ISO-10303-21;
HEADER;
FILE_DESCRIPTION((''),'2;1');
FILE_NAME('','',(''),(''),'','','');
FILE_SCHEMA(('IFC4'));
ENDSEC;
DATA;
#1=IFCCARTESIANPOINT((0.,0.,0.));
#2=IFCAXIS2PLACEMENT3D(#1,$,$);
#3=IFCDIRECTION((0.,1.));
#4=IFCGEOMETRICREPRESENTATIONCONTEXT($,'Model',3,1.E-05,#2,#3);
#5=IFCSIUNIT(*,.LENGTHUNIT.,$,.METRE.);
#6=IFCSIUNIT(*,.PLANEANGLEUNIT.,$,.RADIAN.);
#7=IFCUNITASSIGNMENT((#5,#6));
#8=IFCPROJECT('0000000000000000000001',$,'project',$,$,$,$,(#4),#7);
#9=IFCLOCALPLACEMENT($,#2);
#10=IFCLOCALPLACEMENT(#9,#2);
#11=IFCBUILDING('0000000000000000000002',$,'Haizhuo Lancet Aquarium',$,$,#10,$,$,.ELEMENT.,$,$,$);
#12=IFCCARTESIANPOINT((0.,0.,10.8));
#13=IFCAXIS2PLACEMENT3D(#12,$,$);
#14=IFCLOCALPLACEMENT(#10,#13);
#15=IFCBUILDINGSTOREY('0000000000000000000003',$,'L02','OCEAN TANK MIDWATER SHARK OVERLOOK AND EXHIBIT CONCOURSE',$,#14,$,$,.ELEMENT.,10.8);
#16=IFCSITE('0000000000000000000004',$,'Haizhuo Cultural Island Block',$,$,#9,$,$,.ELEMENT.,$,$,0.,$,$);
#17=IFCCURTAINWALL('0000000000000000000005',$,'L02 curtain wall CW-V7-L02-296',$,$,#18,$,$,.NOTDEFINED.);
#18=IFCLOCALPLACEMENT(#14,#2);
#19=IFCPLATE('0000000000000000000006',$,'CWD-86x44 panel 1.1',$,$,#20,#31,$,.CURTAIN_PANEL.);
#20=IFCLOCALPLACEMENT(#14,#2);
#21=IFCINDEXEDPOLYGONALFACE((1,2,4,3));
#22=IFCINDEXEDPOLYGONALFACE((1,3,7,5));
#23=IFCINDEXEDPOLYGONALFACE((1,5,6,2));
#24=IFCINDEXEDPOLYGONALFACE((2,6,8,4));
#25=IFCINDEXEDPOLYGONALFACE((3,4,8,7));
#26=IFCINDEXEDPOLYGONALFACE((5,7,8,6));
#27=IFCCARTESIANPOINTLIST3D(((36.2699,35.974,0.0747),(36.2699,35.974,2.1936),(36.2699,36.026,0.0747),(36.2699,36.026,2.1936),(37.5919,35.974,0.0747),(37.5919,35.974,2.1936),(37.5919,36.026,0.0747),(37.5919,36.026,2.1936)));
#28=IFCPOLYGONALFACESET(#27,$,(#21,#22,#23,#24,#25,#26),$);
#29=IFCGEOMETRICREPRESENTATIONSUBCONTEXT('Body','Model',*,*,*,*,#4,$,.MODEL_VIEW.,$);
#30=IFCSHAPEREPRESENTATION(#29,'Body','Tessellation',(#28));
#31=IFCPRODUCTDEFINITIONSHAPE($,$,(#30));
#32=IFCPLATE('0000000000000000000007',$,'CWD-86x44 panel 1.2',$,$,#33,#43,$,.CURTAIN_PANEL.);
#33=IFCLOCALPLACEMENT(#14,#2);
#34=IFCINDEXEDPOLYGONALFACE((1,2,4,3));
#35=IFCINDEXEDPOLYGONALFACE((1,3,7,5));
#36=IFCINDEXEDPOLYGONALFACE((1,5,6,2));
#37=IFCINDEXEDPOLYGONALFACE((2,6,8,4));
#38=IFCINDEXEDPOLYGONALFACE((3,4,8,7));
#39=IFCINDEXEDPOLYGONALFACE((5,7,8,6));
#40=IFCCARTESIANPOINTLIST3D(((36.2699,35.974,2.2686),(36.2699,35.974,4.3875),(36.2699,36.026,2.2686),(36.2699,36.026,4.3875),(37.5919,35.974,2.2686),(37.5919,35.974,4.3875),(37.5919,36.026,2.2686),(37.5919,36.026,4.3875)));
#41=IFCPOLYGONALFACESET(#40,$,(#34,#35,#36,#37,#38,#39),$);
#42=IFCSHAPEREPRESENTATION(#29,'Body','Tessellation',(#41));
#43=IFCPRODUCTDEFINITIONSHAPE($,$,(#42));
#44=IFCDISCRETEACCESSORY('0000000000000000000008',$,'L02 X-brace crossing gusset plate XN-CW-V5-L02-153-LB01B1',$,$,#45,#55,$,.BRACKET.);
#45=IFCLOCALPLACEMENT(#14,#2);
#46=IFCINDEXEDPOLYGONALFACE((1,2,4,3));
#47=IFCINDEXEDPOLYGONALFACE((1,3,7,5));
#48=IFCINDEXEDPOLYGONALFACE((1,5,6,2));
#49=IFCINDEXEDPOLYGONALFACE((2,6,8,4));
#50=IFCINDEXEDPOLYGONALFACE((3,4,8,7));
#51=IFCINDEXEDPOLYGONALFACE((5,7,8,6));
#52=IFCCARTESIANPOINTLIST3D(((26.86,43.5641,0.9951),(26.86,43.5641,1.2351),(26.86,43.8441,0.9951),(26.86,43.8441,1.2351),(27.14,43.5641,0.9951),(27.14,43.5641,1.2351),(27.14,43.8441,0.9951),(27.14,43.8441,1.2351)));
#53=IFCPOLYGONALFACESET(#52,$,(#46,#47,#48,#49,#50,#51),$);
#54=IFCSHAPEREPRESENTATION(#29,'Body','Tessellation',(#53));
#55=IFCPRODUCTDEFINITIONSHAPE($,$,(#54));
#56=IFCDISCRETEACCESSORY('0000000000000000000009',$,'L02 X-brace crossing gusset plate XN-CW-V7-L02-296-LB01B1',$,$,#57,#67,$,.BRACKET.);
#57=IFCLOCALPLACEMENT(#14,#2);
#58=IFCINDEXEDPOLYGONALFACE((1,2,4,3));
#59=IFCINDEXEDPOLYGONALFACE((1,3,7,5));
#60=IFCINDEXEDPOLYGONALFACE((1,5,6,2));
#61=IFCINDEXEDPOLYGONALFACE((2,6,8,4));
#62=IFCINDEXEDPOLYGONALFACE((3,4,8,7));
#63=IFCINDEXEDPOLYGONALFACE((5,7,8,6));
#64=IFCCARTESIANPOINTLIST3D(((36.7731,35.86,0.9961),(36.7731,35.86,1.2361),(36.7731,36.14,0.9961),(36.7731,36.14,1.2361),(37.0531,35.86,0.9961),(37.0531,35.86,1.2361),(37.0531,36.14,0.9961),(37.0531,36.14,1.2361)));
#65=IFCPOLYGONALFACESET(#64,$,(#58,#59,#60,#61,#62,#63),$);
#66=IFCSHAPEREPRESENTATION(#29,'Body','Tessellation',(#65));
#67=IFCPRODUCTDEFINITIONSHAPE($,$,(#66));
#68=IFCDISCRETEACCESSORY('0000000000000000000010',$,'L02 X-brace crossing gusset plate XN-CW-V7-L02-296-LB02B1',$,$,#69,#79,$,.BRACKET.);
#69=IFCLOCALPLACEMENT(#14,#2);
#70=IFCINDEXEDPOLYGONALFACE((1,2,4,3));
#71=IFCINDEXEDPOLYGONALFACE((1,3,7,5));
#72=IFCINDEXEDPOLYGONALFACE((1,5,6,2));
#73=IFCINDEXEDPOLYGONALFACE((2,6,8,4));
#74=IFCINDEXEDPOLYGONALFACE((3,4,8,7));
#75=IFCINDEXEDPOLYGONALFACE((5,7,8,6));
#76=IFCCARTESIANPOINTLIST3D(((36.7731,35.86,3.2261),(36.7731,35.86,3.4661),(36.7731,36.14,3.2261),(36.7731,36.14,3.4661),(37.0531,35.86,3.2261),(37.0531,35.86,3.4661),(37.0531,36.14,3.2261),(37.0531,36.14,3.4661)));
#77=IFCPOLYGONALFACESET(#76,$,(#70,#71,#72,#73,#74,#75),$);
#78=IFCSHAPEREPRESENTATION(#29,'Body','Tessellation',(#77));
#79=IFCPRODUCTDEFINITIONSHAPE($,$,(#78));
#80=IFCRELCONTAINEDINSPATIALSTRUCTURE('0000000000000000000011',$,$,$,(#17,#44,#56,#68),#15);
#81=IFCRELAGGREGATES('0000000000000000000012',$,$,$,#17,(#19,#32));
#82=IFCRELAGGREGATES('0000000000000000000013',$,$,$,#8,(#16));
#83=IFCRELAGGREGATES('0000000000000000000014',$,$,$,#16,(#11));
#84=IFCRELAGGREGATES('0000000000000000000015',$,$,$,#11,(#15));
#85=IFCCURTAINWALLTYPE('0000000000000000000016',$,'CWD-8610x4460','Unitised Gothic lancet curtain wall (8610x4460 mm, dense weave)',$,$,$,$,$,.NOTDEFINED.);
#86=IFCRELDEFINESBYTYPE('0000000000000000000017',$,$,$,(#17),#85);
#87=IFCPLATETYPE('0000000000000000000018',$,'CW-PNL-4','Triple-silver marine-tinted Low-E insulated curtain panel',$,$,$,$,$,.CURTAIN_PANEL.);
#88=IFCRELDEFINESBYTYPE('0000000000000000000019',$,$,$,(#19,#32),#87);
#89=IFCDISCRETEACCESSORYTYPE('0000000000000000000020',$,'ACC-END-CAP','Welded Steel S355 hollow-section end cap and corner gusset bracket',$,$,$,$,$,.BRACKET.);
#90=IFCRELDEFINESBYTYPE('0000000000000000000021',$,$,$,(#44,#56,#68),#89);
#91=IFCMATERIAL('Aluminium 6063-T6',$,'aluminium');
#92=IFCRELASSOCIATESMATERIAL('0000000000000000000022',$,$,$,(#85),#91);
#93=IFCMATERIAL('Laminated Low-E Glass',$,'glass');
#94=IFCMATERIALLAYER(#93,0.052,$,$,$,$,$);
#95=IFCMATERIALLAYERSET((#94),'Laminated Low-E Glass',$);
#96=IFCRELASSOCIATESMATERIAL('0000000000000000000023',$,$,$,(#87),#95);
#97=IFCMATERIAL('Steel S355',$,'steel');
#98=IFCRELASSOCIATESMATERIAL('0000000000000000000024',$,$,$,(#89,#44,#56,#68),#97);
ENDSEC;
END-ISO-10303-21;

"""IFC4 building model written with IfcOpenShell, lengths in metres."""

from ifc_helpers import new_model, si_unit, direction, frame, origin, origin_2d, place, context, subcontext, project, spatial, rectangle, extrude, material, layer, layer_set, type_object, element, aggregate, save


model = new_model("IFC4")

# Units and contexts
model_context = context("Model", 3, precision=1e-05, world=origin(), true_north=direction((0.0, 1.0)))
body_context = subcontext(model_context, "Body", "Model", "MODEL_VIEW")
ifc_project = project(units=[si_unit("LENGTHUNIT", "METRE"), si_unit("PLANEANGLEUNIT", "RADIAN")], contexts=[model_context])

# Site, building, storey
site_placement = place(None, origin())
site = spatial("IfcSite", under=ifc_project, at=site_placement, Name="Haizhuo Cultural Island Block", CompositionType="ELEMENT", RefElevation=0.0)
building_placement = place(site_placement, origin())
building = spatial("IfcBuilding", under=site, at=building_placement, Name="Haizhuo Lancet Aquarium", CompositionType="ELEMENT")
storey_placement = place(building_placement, frame((0.0, 0.0, 10.8)))
storey = spatial("IfcBuildingStorey", under=building, at=storey_placement, Name="L02", Description="OCEAN TANK MIDWATER SHARK OVERLOOK AND EXHIBIT CONCOURSE", CompositionType="ELEMENT", Elevation=10.8)

# Shared definitions
ifc_material_1 = material(Name="Steel S355", Category="steel")

# Curtain wall
ifc_material_2 = material(Name="Aluminium 6063-T6", Category="aluminium")
curtain_wall_type_1 = type_object("IfcCurtainWallType", Name="CWD-8610x4460", Description="Unitised Gothic lancet curtain wall (8610x4460 mm, dense weave)", PredefinedType="NOTDEFINED", material=ifc_material_2)
curtain_wall_1_placement = place(storey_placement, origin())
curtain_wall_1 = element("IfcCurtainWall", 1, at=curtain_wall_1_placement, inside=storey, type_object=curtain_wall_type_1, Name="L02 curtain wall CW-V7-L02-296", PredefinedType="NOTDEFINED")

# Shared definitions
ifc_material_3 = material(Name="Laminated Low-E Glass", Category="glass")

# Plates
ifc_layer_1 = layer(ifc_material_3, 0.052)
ifc_layer_set_1 = layer_set([ifc_layer_1], Name="Laminated Low-E Glass")
plate_type_1 = type_object("IfcPlateType", Name="CW-PNL-4", Description="Triple-silver marine-tinted Low-E insulated curtain panel", PredefinedType="CURTAIN_PANEL", material=ifc_layer_set_1)
plate_1_placement = place(storey_placement, frame((36.9309, 36.0, 0.0747), z_axis=(0.0, 0.0, 1.0), x_axis=(1.0, 0.0, 0.0)))
plate_1 = element("IfcPlate", 2, at=plate_1_placement, type_object=plate_type_1, Name="CWD-86x44 panel 1.1", PredefinedType="CURTAIN_PANEL", context=body_context, shape_type="SweptSolid", body=[
    extrude(rectangle(XDim=1.322, YDim=0.052, at=origin_2d()), origin(), (0.0, 0.0, 1.0), 2.1189),
])
plate_2_placement = place(storey_placement, frame((36.9309, 36.0, 2.2686), z_axis=(0.0, 0.0, 1.0), x_axis=(1.0, 0.0, 0.0)))
plate_2 = element("IfcPlate", 3, at=plate_2_placement, type_object=plate_type_1, Name="CWD-86x44 panel 1.2", PredefinedType="CURTAIN_PANEL", context=body_context, shape_type="SweptSolid", body=[
    extrude(rectangle(XDim=1.322, YDim=0.052, at=origin_2d()), origin(), (0.0, 0.0, 1.0), 2.1189),
])
aggregate(curtain_wall_1, [plate_1, plate_2])

# Discrete accessories
discrete_accessory_type = type_object("IfcDiscreteAccessoryType", Name="ACC-END-CAP", Description="Welded Steel S355 hollow-section end cap and corner gusset bracket", PredefinedType="BRACKET", material=ifc_material_1)
for number, where, z_axis, x_axis, name in (
    (4, (27.0, 43.7041, 0.9951), (0.0, 0.0, 1.0), (1.0, 0.0, 0.0), "L02 X-brace crossing gusset plate XN-CW-V5-L02-153-LB01B1"),
    (5, (36.9131, 36.0, 0.9961), (0.0, 0.0, 1.0), (1.0, 0.0, 0.0), "L02 X-brace crossing gusset plate XN-CW-V7-L02-296-LB01B1"),
    (6, (36.9131, 36.0, 3.2261), (0.0, 0.0, 1.0), (1.0, 0.0, 0.0), "L02 X-brace crossing gusset plate XN-CW-V7-L02-296-LB02B1"),
):
    element("IfcDiscreteAccessory", number, at=place(storey_placement, frame(where, z_axis=z_axis, x_axis=x_axis)), inside=storey, type_object=discrete_accessory_type, material=ifc_material_1, Name=name, PredefinedType="BRACKET", context=body_context, shape_type="SweptSolid", body=[
        extrude(rectangle(XDim=0.28, YDim=0.28, at=origin_2d()), origin(), (0.0, 0.0, 1.0), 0.24),
    ])

save(model, "model.ifc")
